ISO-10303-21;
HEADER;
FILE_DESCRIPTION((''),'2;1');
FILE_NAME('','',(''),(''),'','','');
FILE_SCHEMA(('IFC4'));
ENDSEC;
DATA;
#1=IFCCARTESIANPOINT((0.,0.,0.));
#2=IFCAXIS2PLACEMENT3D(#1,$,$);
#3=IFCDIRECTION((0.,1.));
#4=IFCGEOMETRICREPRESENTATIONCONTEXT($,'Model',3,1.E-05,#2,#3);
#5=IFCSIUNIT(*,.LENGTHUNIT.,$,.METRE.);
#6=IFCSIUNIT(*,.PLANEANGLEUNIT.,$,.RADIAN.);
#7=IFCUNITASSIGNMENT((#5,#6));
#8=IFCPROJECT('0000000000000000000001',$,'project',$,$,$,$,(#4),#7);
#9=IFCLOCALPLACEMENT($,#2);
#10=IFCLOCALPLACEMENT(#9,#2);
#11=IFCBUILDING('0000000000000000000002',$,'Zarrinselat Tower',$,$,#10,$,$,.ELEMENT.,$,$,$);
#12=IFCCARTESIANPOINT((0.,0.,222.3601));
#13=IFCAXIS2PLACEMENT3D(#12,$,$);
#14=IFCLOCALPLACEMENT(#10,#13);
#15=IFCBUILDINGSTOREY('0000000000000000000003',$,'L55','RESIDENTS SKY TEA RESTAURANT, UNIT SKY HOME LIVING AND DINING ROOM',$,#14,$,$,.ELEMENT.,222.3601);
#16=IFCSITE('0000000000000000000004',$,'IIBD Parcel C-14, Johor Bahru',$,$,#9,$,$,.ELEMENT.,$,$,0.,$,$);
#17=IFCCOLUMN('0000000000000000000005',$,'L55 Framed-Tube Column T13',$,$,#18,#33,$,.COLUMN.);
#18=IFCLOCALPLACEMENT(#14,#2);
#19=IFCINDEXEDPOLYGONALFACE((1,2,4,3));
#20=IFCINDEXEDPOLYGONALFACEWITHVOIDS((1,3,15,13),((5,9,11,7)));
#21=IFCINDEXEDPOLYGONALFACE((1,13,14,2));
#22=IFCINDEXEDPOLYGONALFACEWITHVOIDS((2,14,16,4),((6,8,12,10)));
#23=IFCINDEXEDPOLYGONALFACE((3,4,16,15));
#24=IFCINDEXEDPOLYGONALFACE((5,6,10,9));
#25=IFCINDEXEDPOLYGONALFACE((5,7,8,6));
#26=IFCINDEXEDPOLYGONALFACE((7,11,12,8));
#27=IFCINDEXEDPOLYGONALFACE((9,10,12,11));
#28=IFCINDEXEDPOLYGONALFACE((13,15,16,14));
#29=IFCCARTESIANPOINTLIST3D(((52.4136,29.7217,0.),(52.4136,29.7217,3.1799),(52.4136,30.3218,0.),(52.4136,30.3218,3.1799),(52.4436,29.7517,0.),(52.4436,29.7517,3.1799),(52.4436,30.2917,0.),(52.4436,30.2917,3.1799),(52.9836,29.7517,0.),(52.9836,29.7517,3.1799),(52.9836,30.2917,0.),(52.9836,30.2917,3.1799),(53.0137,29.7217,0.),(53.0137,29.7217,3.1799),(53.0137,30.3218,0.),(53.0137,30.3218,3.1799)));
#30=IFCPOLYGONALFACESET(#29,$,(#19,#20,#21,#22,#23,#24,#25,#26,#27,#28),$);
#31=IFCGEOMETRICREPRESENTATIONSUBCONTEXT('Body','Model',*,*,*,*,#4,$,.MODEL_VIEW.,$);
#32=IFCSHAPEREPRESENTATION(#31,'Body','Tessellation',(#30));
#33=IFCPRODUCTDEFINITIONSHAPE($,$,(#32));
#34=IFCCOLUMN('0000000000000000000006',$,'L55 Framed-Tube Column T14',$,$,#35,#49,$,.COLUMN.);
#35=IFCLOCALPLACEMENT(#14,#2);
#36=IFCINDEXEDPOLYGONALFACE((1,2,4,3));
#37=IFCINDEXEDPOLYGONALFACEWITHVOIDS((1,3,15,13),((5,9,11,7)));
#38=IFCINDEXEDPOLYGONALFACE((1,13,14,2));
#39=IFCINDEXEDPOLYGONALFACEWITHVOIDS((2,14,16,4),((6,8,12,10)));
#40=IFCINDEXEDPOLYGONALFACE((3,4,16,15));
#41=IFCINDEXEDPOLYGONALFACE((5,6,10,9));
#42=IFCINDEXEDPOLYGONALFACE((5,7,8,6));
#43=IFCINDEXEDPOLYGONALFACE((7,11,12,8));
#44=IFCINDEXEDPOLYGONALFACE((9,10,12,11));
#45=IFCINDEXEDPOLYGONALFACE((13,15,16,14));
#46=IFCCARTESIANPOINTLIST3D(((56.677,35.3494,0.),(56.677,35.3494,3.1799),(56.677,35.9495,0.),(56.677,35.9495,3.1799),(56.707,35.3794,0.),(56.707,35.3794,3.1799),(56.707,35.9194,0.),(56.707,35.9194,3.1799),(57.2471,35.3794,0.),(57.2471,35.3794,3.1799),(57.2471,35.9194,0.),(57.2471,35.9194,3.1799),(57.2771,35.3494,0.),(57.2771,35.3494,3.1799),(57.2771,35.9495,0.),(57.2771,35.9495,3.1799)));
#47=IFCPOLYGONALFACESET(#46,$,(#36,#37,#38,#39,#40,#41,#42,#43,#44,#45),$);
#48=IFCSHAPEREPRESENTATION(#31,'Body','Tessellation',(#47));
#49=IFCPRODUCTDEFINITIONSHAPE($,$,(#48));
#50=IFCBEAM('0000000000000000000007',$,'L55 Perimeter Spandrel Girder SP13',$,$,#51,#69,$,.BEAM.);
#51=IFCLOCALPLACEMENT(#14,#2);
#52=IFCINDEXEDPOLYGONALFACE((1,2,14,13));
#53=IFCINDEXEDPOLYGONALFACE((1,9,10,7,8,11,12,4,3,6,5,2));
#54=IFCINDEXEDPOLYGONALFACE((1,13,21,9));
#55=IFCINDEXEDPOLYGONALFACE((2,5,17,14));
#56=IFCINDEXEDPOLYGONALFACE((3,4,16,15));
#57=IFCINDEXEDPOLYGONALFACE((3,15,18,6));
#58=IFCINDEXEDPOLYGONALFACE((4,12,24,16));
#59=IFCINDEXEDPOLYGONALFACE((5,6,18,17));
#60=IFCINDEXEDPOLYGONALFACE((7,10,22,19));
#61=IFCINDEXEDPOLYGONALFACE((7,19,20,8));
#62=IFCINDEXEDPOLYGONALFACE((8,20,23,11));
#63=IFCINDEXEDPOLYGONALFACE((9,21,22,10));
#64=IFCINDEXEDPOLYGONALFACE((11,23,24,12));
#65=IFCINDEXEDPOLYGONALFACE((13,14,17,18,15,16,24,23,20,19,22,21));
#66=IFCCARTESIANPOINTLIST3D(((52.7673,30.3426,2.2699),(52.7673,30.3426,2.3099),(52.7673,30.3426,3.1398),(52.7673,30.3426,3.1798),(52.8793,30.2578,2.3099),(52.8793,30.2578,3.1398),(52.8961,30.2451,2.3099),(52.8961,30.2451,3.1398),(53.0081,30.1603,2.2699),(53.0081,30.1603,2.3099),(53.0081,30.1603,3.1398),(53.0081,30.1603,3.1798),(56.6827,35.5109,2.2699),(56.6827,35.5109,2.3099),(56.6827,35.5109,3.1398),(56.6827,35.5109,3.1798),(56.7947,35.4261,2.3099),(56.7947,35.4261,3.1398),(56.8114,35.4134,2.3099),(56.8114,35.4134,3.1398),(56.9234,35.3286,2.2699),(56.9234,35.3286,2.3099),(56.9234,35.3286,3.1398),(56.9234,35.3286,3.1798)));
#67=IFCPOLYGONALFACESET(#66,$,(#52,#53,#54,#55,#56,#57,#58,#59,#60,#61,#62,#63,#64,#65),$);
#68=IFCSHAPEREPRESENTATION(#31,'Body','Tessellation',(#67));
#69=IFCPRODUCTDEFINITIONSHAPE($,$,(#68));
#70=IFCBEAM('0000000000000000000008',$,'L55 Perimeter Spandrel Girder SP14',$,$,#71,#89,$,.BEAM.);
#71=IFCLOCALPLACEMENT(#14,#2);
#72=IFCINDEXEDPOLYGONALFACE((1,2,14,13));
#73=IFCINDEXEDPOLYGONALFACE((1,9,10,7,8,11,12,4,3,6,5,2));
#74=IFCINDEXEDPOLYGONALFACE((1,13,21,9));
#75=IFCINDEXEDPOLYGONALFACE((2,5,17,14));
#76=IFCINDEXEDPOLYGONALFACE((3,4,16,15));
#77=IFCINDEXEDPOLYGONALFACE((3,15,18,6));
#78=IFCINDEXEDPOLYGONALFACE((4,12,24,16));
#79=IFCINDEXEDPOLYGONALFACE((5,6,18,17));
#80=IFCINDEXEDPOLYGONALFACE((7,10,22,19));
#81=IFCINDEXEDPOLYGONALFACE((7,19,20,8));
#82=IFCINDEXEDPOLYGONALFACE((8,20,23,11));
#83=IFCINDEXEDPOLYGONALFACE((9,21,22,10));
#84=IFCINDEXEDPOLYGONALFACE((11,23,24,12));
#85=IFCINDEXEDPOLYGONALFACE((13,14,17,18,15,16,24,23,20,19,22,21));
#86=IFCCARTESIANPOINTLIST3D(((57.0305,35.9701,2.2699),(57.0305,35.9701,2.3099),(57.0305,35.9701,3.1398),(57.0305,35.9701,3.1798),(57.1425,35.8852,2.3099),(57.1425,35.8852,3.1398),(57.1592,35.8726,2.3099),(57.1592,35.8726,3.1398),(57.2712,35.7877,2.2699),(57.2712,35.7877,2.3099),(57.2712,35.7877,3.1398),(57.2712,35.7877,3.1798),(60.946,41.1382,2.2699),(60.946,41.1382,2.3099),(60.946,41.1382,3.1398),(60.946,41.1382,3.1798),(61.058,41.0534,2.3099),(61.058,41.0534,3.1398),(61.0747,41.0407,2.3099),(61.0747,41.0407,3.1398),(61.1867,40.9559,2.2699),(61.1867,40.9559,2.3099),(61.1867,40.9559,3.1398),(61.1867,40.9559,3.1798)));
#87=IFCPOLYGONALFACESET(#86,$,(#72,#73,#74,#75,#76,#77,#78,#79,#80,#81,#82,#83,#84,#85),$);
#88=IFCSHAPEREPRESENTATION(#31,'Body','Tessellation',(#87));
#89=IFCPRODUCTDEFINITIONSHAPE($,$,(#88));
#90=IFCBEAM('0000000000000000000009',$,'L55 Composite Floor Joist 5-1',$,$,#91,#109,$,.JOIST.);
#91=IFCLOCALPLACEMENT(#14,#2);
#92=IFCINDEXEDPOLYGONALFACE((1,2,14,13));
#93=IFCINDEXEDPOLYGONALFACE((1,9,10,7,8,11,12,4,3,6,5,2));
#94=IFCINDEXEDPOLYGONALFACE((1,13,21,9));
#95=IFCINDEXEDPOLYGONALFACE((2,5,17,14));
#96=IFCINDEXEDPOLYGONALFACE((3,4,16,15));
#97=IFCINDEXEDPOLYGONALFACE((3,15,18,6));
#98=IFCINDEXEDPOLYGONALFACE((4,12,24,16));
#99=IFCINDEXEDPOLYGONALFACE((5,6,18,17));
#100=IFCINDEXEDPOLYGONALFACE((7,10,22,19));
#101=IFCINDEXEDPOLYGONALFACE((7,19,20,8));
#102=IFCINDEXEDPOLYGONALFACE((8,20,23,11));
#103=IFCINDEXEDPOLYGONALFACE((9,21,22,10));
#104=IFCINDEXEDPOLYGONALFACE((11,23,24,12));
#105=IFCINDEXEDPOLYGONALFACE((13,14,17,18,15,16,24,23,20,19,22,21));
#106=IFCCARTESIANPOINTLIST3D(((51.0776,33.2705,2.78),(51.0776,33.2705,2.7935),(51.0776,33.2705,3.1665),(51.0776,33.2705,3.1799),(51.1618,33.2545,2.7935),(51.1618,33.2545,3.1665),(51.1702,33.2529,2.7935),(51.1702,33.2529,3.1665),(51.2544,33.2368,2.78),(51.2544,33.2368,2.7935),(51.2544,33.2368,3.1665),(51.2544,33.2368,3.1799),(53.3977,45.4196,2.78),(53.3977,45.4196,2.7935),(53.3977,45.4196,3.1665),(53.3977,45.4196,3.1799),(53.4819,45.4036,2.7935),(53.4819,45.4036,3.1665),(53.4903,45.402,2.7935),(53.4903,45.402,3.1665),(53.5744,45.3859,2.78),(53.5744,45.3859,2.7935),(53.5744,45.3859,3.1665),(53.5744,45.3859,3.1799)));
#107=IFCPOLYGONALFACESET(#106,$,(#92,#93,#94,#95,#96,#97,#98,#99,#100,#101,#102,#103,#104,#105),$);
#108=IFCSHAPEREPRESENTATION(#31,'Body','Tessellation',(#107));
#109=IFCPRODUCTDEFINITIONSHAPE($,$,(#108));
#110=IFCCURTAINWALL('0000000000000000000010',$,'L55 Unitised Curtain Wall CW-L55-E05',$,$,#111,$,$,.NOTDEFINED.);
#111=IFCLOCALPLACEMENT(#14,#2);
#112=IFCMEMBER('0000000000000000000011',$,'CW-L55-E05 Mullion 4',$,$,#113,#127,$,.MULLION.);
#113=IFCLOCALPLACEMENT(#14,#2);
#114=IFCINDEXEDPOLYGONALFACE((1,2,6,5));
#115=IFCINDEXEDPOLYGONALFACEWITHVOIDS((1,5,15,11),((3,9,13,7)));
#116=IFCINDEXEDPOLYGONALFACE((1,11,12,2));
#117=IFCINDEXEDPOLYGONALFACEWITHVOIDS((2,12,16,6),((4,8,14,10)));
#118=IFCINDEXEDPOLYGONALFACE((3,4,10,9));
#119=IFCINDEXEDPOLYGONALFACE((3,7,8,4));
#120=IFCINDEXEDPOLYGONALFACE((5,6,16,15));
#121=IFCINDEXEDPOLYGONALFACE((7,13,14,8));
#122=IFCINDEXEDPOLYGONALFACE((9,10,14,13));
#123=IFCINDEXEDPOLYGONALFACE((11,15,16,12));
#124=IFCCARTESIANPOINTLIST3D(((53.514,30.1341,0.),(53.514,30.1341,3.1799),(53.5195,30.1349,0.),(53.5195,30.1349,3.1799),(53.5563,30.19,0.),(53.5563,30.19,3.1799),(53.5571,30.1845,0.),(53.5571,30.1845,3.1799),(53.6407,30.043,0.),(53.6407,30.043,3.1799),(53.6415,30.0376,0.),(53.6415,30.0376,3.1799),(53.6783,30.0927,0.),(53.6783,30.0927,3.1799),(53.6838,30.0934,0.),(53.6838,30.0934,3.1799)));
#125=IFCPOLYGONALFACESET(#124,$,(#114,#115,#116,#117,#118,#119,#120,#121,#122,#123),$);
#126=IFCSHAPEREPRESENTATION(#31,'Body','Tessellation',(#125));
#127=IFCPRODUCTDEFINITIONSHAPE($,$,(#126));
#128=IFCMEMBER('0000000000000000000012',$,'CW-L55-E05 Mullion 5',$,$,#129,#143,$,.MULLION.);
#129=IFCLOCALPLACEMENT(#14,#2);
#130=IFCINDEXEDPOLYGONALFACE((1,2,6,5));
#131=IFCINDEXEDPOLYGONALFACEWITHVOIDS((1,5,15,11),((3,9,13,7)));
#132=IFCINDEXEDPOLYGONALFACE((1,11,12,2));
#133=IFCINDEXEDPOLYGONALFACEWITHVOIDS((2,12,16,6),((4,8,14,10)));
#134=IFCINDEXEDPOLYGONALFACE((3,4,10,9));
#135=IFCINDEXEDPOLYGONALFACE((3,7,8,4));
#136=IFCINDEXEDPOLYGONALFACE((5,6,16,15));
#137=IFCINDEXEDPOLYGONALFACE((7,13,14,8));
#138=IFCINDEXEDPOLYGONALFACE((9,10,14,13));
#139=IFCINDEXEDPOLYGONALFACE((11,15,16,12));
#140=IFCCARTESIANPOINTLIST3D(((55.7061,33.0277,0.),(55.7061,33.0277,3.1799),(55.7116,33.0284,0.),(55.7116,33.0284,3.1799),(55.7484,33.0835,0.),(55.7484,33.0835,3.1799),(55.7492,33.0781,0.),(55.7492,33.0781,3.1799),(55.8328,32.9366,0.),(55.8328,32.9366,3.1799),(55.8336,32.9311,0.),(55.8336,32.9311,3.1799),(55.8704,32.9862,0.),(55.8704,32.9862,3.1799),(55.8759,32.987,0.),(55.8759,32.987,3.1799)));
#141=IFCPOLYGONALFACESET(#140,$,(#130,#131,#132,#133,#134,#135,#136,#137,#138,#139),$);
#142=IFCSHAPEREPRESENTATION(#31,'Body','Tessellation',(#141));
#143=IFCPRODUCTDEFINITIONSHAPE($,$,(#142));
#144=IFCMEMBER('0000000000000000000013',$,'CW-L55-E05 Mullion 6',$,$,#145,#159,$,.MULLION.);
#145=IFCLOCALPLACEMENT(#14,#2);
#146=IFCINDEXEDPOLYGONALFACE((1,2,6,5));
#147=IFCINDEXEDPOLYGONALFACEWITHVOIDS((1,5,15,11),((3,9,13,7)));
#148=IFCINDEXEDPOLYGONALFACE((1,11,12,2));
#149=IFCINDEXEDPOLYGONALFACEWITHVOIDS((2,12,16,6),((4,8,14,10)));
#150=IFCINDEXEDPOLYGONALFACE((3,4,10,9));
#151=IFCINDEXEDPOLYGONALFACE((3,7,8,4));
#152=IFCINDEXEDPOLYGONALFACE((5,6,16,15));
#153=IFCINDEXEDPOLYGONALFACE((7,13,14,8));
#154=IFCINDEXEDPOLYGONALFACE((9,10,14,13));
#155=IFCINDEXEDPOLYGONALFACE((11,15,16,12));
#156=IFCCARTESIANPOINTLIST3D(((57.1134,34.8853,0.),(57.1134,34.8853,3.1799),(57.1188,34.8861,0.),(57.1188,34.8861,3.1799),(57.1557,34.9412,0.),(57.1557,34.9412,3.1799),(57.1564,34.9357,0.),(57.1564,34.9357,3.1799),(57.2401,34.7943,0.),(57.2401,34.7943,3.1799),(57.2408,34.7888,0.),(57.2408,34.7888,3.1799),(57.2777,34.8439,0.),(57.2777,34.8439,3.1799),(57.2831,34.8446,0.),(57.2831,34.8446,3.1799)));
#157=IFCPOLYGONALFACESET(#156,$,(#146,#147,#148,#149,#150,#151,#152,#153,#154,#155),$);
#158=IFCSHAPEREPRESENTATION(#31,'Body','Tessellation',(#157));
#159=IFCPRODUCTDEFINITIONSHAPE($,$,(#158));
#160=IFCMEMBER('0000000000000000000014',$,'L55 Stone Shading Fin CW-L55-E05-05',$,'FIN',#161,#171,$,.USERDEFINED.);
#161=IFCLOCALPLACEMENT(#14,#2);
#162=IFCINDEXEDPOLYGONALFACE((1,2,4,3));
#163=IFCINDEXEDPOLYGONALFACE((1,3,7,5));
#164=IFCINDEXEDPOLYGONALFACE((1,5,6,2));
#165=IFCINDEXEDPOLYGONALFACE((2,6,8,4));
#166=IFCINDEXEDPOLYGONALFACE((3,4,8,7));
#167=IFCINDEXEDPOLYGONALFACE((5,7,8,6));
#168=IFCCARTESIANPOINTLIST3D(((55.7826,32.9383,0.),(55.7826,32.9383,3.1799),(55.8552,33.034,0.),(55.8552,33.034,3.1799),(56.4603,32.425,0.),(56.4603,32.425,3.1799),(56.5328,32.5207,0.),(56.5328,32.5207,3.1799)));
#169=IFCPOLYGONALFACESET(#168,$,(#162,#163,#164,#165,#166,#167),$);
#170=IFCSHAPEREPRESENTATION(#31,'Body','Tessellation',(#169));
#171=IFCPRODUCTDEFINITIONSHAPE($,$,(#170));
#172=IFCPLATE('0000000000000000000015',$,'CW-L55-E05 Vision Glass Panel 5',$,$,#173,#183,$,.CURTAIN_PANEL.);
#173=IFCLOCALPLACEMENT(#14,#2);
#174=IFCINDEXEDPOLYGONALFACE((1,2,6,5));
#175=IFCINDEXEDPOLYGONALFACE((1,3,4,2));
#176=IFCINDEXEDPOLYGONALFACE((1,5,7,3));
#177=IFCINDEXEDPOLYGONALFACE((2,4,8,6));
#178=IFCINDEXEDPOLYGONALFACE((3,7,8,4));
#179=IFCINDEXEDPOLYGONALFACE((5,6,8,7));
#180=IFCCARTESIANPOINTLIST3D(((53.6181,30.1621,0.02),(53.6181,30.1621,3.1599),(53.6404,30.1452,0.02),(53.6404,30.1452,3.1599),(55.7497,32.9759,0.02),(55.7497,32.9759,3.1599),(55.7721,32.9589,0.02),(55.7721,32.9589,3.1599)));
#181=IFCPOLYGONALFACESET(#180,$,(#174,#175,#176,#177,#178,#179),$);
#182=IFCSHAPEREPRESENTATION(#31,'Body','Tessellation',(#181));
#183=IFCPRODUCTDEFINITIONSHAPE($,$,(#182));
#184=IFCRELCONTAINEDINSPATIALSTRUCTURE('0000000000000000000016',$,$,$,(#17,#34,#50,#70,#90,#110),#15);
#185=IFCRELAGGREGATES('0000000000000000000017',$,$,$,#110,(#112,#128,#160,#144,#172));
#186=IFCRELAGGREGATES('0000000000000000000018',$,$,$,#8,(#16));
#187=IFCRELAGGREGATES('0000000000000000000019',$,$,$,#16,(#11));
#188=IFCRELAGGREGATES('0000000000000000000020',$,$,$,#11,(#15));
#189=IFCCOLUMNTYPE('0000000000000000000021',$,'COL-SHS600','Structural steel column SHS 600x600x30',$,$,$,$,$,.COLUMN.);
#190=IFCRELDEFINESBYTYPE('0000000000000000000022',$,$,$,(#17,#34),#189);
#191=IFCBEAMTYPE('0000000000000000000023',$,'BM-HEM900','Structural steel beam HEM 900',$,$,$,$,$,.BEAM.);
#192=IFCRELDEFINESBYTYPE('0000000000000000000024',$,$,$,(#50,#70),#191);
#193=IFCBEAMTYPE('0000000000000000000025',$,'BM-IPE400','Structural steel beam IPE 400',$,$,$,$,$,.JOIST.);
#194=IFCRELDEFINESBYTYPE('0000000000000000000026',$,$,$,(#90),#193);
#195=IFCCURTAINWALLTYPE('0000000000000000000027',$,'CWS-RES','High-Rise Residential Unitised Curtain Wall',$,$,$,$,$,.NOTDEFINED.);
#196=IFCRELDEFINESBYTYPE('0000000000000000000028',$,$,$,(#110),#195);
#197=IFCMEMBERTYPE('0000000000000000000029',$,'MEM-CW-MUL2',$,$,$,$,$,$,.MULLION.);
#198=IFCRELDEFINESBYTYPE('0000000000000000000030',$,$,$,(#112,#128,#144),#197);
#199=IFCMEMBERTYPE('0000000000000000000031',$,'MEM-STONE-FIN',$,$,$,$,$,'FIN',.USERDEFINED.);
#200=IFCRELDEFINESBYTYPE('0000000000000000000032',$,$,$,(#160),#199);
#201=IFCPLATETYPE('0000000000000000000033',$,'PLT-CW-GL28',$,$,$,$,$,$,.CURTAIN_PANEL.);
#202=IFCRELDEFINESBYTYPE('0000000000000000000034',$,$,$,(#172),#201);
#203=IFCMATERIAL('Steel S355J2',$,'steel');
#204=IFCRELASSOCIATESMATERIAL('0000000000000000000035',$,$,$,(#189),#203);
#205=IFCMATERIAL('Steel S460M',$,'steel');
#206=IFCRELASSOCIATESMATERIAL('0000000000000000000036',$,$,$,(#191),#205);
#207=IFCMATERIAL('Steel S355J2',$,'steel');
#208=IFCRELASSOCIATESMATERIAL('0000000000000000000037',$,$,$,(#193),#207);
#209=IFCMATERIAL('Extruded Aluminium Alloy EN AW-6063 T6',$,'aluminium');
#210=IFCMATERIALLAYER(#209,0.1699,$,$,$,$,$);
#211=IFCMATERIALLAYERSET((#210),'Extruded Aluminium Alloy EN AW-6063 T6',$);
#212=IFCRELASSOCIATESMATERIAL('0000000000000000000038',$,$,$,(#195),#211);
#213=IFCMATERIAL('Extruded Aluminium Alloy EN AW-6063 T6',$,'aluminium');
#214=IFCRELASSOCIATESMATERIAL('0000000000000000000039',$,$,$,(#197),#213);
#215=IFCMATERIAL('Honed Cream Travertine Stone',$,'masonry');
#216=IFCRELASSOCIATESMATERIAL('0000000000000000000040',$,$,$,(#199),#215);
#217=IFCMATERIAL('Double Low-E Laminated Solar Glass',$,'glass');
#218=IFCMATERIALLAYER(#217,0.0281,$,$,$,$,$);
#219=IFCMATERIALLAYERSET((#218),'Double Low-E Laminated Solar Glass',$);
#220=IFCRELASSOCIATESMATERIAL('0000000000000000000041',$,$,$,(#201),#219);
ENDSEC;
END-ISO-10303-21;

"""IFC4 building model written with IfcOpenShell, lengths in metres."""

from ifc_helpers import new_model, si_unit, direction, frame, origin, origin_2d, place, context, subcontext, project, spatial, rectangle, hollow_rectangle, i_section, extrude, material, layer, layer_set, material_profile, profile_set, type_object, element, aggregate, save


model = new_model("IFC4")

# Units and contexts
model_context = context("Model", 3, precision=1e-05, world=origin(), true_north=direction((0.0, 1.0)))
body_context = subcontext(model_context, "Body", "Model", "MODEL_VIEW")
ifc_project = project(units=[si_unit("LENGTHUNIT", "METRE"), si_unit("PLANEANGLEUNIT", "RADIAN")], contexts=[model_context])

# Site, building, storey
site_placement = place(None, origin())
site = spatial("IfcSite", under=ifc_project, at=site_placement, Name="IIBD Parcel C-14, Johor Bahru", CompositionType="ELEMENT", RefElevation=0.0)
building_placement = place(site_placement, origin())
building = spatial("IfcBuilding", under=site, at=building_placement, Name="Zarrinselat Tower", CompositionType="ELEMENT")
storey_placement = place(building_placement, frame((0.0, 0.0, 222.3601)))
storey = spatial("IfcBuildingStorey", under=building, at=storey_placement, Name="L55", Description="RESIDENTS SKY TEA RESTAURANT, UNIT SKY HOME LIVING AND DINING ROOM", CompositionType="ELEMENT", Elevation=222.3601)

# Columns
ifc_material_1 = material(Name="Steel S355J2", Category="steel")
ifc_material_profile_1 = material_profile(ifc_material_1, hollow_rectangle(XDim=0.6001, YDim=0.6001, WallThickness=0.03, at=origin_2d()), Name="SHS 600x600x30")
ifc_profile_set_1 = profile_set([ifc_material_profile_1], Name="Steel S355J2")
column_type = type_object("IfcColumnType", Name="COL-SHS600", Description="Structural steel column SHS 600x600x30", PredefinedType="COLUMN", material=ifc_profile_set_1)
for number, where, z_axis, x_axis, name in (
    (1, (52.7136, 30.0217, 0.0), (0.0, 0.0, 1.0), (1.0, 0.0, 0.0), "L55 Framed-Tube Column T13"),
    (2, (56.9771, 35.6494, 0.0), (0.0, 0.0, 1.0), (1.0, 0.0, 0.0), "L55 Framed-Tube Column T14"),
):
    element("IfcColumn", number, at=place(storey_placement, frame(where, z_axis=z_axis, x_axis=x_axis)), inside=storey, type_object=column_type, Name=name, PredefinedType="COLUMN", context=body_context, shape_type="SweptSolid", body=[
        extrude(hollow_rectangle(XDim=0.6001, YDim=0.6001, WallThickness=0.03, at=origin_2d()), origin(), (0.0, 0.0, 1.0), 3.1799),
    ])

# Beams
ifc_material_2 = material(Name="Steel S460M", Category="steel")
ifc_material_profile_2 = material_profile(ifc_material_2, i_section(OverallWidth=0.302, OverallDepth=0.9099, WebThickness=0.021, FlangeThickness=0.04, at=origin_2d()), Name="HEM 900")
ifc_profile_set_2 = profile_set([ifc_material_profile_2], Name="Steel S460M")
beam_type_1 = type_object("IfcBeamType", Name="BM-HEM900", Description="Structural steel beam HEM 900", PredefinedType="BEAM", material=ifc_profile_set_2)
for number, where, z_axis, x_axis, name in (
    (3, (52.8877, 30.2515, 2.7249), (0.603855, 0.797094, 0.0), (-0.797094, 0.603855, 0.0), "L55 Perimeter Spandrel Girder SP13"),
    (4, (57.1509, 35.8789, 2.7249), (0.603879, 0.797076, 0.0), (-0.797076, 0.603879, 0.0), "L55 Perimeter Spandrel Girder SP14"),
):
    element("IfcBeam", number, at=place(storey_placement, frame(where, z_axis=z_axis, x_axis=x_axis)), inside=storey, type_object=beam_type_1, Name=name, PredefinedType="BEAM", context=body_context, shape_type="SweptSolid", body=[
        extrude(i_section(OverallWidth=0.302, OverallDepth=0.9099, WebThickness=0.021, FlangeThickness=0.04, at=origin_2d()), origin(), (0.0, 0.0, 1.0), 6.4839),
    ])
ifc_material_3 = material(Name="Steel S355J2", Category="steel")
ifc_material_profile_3 = material_profile(ifc_material_3, i_section(OverallWidth=0.1799, OverallDepth=0.3999, WebThickness=0.0085, FlangeThickness=0.0134, at=origin_2d()), Name="IPE 400")
ifc_profile_set_3 = profile_set([ifc_material_profile_3], Name="Steel S355J2")
beam_type_2 = type_object("IfcBeamType", Name="BM-IPE400", Description="Structural steel beam IPE 400", PredefinedType="JOIST", material=ifc_profile_set_3)
beam_placement = place(storey_placement, frame((51.166, 33.2537, 2.98), z_axis=(0.187576, 0.98225, 0.0), x_axis=(-0.98225, 0.187576, 0.0)))
element("IfcBeam", 5, at=beam_placement, inside=storey, type_object=beam_type_2, Name="L55 Composite Floor Joist 5-1", PredefinedType="JOIST", context=body_context, shape_type="SweptSolid", body=[
    extrude(i_section(OverallWidth=0.1799, OverallDepth=0.3999, WebThickness=0.0085, FlangeThickness=0.0134, at=origin_2d()), origin(), (0.0, 0.0, 1.0), 12.3687),
])

# Curtain wall, members, plate
ifc_material_4 = material(Name="Extruded Aluminium Alloy EN AW-6063 T6", Category="aluminium")
ifc_layer_1 = layer(ifc_material_4, 0.1699)
ifc_layer_set_1 = layer_set([ifc_layer_1], Name="Extruded Aluminium Alloy EN AW-6063 T6")
curtain_wall_type = type_object("IfcCurtainWallType", Name="CWS-RES", Description="High-Rise Residential Unitised Curtain Wall", PredefinedType="NOTDEFINED", material=ifc_layer_set_1)
curtain_wall_placement = place(storey_placement, origin())
curtain_wall = element("IfcCurtainWall", 6, at=curtain_wall_placement, inside=storey, type_object=curtain_wall_type, Name="L55 Unitised Curtain Wall CW-L55-E05", PredefinedType="NOTDEFINED")
ifc_material_5 = material(Name="Extruded Aluminium Alloy EN AW-6063 T6", Category="aluminium")
ifc_material_profile_4 = material_profile(ifc_material_5, hollow_rectangle(XDim=0.0701, YDim=0.1599, WallThickness=0.0039, at=origin_2d()), Name="RHS 160x70x4")
ifc_profile_set_4 = profile_set([ifc_material_profile_4], Name="Extruded Aluminium Alloy EN AW-6063 T6")
member_type_1 = type_object("IfcMemberType", Name="MEM-CW-MUL2", PredefinedType="MULLION", material=ifc_profile_set_4)
member_1_placement = place(storey_placement, frame((53.5989, 30.1138, 0.0), z_axis=(0.0, 0.0, 1.0), x_axis=(0.603859, 0.797091, 0.0)))
member_1 = element("IfcMember", 7, at=member_1_placement, type_object=member_type_1, Name="CW-L55-E05 Mullion 4", PredefinedType="MULLION", context=body_context, shape_type="SweptSolid", body=[
    extrude(hollow_rectangle(XDim=0.0701, YDim=0.1599, WallThickness=0.0039, at=origin_2d()), origin(), (0.0, 0.0, 1.0), 3.1799),
])
member_2_placement = place(storey_placement, frame((55.791, 33.0073, 0.0), z_axis=(0.0, 0.0, 1.0), x_axis=(0.603859, 0.797091, 0.0)))
member_2 = element("IfcMember", 8, at=member_2_placement, type_object=member_type_1, Name="CW-L55-E05 Mullion 5", PredefinedType="MULLION", context=body_context, shape_type="SweptSolid", body=[
    extrude(hollow_rectangle(XDim=0.0701, YDim=0.1599, WallThickness=0.0039, at=origin_2d()), origin(), (0.0, 0.0, 1.0), 3.1799),
])
member_3_placement = place(storey_placement, frame((57.1982, 34.865, 0.0), z_axis=(0.0, 0.0, 1.0), x_axis=(0.603859, 0.797091, 0.0)))
member_3 = element("IfcMember", 9, at=member_3_placement, type_object=member_type_1, Name="CW-L55-E05 Mullion 6", PredefinedType="MULLION", context=body_context, shape_type="SweptSolid", body=[
    extrude(hollow_rectangle(XDim=0.0701, YDim=0.1599, WallThickness=0.0039, at=origin_2d()), origin(), (0.0, 0.0, 1.0), 3.1799),
])
ifc_material_6 = material(Name="Honed Cream Travertine Stone", Category="masonry")
ifc_material_profile_5 = material_profile(ifc_material_6, rectangle(XDim=0.1201, YDim=0.8501, at=origin_2d()), Name="FIN 850x120")
ifc_profile_set_5 = profile_set([ifc_material_profile_5], Name="Honed Cream Travertine Stone")
member_type_2 = type_object("IfcMemberType", Name="MEM-STONE-FIN", ElementType="FIN", PredefinedType="USERDEFINED", material=ifc_profile_set_5)
member_4_placement = place(storey_placement, frame((56.1577, 32.7295, 0.0), z_axis=(0.0, 0.0, 1.0), x_axis=(-0.603859, -0.797091, 0.0)))
member_4 = element("IfcMember", 10, at=member_4_placement, type_object=member_type_2, Name="L55 Stone Shading Fin CW-L55-E05-05", ObjectType="FIN", PredefinedType="USERDEFINED", context=body_context, shape_type="SweptSolid", body=[
    extrude(rectangle(XDim=0.1201, YDim=0.8501, at=origin_2d()), origin(), (0.0, 0.0, 1.0), 3.1799),
])
ifc_material_7 = material(Name="Double Low-E Laminated Solar Glass", Category="glass")
ifc_layer_2 = layer(ifc_material_7, 0.0281)
ifc_layer_set_2 = layer_set([ifc_layer_2], Name="Double Low-E Laminated Solar Glass")
plate_type = type_object("IfcPlateType", Name="PLT-CW-GL28", PredefinedType="CURTAIN_PANEL", material=ifc_layer_set_2)
plate_1_placement = place(storey_placement, frame((54.6951, 31.5605, 0.02), z_axis=(0.0, 0.0, 1.0), x_axis=(0.603859, 0.797091, 0.0)))
plate_1 = element("IfcPlate", 11, at=plate_1_placement, type_object=plate_type, Name="CW-L55-E05 Vision Glass Panel 5", PredefinedType="CURTAIN_PANEL", context=body_context, shape_type="SweptSolid", body=[
    extrude(rectangle(XDim=3.53, YDim=0.0281, at=origin_2d()), origin(), (0.0, 0.0, 1.0), 3.1399),
])
aggregate(curtain_wall, [member_1, member_2, member_4, member_3, plate_1])

save(model, "model.ifc")
